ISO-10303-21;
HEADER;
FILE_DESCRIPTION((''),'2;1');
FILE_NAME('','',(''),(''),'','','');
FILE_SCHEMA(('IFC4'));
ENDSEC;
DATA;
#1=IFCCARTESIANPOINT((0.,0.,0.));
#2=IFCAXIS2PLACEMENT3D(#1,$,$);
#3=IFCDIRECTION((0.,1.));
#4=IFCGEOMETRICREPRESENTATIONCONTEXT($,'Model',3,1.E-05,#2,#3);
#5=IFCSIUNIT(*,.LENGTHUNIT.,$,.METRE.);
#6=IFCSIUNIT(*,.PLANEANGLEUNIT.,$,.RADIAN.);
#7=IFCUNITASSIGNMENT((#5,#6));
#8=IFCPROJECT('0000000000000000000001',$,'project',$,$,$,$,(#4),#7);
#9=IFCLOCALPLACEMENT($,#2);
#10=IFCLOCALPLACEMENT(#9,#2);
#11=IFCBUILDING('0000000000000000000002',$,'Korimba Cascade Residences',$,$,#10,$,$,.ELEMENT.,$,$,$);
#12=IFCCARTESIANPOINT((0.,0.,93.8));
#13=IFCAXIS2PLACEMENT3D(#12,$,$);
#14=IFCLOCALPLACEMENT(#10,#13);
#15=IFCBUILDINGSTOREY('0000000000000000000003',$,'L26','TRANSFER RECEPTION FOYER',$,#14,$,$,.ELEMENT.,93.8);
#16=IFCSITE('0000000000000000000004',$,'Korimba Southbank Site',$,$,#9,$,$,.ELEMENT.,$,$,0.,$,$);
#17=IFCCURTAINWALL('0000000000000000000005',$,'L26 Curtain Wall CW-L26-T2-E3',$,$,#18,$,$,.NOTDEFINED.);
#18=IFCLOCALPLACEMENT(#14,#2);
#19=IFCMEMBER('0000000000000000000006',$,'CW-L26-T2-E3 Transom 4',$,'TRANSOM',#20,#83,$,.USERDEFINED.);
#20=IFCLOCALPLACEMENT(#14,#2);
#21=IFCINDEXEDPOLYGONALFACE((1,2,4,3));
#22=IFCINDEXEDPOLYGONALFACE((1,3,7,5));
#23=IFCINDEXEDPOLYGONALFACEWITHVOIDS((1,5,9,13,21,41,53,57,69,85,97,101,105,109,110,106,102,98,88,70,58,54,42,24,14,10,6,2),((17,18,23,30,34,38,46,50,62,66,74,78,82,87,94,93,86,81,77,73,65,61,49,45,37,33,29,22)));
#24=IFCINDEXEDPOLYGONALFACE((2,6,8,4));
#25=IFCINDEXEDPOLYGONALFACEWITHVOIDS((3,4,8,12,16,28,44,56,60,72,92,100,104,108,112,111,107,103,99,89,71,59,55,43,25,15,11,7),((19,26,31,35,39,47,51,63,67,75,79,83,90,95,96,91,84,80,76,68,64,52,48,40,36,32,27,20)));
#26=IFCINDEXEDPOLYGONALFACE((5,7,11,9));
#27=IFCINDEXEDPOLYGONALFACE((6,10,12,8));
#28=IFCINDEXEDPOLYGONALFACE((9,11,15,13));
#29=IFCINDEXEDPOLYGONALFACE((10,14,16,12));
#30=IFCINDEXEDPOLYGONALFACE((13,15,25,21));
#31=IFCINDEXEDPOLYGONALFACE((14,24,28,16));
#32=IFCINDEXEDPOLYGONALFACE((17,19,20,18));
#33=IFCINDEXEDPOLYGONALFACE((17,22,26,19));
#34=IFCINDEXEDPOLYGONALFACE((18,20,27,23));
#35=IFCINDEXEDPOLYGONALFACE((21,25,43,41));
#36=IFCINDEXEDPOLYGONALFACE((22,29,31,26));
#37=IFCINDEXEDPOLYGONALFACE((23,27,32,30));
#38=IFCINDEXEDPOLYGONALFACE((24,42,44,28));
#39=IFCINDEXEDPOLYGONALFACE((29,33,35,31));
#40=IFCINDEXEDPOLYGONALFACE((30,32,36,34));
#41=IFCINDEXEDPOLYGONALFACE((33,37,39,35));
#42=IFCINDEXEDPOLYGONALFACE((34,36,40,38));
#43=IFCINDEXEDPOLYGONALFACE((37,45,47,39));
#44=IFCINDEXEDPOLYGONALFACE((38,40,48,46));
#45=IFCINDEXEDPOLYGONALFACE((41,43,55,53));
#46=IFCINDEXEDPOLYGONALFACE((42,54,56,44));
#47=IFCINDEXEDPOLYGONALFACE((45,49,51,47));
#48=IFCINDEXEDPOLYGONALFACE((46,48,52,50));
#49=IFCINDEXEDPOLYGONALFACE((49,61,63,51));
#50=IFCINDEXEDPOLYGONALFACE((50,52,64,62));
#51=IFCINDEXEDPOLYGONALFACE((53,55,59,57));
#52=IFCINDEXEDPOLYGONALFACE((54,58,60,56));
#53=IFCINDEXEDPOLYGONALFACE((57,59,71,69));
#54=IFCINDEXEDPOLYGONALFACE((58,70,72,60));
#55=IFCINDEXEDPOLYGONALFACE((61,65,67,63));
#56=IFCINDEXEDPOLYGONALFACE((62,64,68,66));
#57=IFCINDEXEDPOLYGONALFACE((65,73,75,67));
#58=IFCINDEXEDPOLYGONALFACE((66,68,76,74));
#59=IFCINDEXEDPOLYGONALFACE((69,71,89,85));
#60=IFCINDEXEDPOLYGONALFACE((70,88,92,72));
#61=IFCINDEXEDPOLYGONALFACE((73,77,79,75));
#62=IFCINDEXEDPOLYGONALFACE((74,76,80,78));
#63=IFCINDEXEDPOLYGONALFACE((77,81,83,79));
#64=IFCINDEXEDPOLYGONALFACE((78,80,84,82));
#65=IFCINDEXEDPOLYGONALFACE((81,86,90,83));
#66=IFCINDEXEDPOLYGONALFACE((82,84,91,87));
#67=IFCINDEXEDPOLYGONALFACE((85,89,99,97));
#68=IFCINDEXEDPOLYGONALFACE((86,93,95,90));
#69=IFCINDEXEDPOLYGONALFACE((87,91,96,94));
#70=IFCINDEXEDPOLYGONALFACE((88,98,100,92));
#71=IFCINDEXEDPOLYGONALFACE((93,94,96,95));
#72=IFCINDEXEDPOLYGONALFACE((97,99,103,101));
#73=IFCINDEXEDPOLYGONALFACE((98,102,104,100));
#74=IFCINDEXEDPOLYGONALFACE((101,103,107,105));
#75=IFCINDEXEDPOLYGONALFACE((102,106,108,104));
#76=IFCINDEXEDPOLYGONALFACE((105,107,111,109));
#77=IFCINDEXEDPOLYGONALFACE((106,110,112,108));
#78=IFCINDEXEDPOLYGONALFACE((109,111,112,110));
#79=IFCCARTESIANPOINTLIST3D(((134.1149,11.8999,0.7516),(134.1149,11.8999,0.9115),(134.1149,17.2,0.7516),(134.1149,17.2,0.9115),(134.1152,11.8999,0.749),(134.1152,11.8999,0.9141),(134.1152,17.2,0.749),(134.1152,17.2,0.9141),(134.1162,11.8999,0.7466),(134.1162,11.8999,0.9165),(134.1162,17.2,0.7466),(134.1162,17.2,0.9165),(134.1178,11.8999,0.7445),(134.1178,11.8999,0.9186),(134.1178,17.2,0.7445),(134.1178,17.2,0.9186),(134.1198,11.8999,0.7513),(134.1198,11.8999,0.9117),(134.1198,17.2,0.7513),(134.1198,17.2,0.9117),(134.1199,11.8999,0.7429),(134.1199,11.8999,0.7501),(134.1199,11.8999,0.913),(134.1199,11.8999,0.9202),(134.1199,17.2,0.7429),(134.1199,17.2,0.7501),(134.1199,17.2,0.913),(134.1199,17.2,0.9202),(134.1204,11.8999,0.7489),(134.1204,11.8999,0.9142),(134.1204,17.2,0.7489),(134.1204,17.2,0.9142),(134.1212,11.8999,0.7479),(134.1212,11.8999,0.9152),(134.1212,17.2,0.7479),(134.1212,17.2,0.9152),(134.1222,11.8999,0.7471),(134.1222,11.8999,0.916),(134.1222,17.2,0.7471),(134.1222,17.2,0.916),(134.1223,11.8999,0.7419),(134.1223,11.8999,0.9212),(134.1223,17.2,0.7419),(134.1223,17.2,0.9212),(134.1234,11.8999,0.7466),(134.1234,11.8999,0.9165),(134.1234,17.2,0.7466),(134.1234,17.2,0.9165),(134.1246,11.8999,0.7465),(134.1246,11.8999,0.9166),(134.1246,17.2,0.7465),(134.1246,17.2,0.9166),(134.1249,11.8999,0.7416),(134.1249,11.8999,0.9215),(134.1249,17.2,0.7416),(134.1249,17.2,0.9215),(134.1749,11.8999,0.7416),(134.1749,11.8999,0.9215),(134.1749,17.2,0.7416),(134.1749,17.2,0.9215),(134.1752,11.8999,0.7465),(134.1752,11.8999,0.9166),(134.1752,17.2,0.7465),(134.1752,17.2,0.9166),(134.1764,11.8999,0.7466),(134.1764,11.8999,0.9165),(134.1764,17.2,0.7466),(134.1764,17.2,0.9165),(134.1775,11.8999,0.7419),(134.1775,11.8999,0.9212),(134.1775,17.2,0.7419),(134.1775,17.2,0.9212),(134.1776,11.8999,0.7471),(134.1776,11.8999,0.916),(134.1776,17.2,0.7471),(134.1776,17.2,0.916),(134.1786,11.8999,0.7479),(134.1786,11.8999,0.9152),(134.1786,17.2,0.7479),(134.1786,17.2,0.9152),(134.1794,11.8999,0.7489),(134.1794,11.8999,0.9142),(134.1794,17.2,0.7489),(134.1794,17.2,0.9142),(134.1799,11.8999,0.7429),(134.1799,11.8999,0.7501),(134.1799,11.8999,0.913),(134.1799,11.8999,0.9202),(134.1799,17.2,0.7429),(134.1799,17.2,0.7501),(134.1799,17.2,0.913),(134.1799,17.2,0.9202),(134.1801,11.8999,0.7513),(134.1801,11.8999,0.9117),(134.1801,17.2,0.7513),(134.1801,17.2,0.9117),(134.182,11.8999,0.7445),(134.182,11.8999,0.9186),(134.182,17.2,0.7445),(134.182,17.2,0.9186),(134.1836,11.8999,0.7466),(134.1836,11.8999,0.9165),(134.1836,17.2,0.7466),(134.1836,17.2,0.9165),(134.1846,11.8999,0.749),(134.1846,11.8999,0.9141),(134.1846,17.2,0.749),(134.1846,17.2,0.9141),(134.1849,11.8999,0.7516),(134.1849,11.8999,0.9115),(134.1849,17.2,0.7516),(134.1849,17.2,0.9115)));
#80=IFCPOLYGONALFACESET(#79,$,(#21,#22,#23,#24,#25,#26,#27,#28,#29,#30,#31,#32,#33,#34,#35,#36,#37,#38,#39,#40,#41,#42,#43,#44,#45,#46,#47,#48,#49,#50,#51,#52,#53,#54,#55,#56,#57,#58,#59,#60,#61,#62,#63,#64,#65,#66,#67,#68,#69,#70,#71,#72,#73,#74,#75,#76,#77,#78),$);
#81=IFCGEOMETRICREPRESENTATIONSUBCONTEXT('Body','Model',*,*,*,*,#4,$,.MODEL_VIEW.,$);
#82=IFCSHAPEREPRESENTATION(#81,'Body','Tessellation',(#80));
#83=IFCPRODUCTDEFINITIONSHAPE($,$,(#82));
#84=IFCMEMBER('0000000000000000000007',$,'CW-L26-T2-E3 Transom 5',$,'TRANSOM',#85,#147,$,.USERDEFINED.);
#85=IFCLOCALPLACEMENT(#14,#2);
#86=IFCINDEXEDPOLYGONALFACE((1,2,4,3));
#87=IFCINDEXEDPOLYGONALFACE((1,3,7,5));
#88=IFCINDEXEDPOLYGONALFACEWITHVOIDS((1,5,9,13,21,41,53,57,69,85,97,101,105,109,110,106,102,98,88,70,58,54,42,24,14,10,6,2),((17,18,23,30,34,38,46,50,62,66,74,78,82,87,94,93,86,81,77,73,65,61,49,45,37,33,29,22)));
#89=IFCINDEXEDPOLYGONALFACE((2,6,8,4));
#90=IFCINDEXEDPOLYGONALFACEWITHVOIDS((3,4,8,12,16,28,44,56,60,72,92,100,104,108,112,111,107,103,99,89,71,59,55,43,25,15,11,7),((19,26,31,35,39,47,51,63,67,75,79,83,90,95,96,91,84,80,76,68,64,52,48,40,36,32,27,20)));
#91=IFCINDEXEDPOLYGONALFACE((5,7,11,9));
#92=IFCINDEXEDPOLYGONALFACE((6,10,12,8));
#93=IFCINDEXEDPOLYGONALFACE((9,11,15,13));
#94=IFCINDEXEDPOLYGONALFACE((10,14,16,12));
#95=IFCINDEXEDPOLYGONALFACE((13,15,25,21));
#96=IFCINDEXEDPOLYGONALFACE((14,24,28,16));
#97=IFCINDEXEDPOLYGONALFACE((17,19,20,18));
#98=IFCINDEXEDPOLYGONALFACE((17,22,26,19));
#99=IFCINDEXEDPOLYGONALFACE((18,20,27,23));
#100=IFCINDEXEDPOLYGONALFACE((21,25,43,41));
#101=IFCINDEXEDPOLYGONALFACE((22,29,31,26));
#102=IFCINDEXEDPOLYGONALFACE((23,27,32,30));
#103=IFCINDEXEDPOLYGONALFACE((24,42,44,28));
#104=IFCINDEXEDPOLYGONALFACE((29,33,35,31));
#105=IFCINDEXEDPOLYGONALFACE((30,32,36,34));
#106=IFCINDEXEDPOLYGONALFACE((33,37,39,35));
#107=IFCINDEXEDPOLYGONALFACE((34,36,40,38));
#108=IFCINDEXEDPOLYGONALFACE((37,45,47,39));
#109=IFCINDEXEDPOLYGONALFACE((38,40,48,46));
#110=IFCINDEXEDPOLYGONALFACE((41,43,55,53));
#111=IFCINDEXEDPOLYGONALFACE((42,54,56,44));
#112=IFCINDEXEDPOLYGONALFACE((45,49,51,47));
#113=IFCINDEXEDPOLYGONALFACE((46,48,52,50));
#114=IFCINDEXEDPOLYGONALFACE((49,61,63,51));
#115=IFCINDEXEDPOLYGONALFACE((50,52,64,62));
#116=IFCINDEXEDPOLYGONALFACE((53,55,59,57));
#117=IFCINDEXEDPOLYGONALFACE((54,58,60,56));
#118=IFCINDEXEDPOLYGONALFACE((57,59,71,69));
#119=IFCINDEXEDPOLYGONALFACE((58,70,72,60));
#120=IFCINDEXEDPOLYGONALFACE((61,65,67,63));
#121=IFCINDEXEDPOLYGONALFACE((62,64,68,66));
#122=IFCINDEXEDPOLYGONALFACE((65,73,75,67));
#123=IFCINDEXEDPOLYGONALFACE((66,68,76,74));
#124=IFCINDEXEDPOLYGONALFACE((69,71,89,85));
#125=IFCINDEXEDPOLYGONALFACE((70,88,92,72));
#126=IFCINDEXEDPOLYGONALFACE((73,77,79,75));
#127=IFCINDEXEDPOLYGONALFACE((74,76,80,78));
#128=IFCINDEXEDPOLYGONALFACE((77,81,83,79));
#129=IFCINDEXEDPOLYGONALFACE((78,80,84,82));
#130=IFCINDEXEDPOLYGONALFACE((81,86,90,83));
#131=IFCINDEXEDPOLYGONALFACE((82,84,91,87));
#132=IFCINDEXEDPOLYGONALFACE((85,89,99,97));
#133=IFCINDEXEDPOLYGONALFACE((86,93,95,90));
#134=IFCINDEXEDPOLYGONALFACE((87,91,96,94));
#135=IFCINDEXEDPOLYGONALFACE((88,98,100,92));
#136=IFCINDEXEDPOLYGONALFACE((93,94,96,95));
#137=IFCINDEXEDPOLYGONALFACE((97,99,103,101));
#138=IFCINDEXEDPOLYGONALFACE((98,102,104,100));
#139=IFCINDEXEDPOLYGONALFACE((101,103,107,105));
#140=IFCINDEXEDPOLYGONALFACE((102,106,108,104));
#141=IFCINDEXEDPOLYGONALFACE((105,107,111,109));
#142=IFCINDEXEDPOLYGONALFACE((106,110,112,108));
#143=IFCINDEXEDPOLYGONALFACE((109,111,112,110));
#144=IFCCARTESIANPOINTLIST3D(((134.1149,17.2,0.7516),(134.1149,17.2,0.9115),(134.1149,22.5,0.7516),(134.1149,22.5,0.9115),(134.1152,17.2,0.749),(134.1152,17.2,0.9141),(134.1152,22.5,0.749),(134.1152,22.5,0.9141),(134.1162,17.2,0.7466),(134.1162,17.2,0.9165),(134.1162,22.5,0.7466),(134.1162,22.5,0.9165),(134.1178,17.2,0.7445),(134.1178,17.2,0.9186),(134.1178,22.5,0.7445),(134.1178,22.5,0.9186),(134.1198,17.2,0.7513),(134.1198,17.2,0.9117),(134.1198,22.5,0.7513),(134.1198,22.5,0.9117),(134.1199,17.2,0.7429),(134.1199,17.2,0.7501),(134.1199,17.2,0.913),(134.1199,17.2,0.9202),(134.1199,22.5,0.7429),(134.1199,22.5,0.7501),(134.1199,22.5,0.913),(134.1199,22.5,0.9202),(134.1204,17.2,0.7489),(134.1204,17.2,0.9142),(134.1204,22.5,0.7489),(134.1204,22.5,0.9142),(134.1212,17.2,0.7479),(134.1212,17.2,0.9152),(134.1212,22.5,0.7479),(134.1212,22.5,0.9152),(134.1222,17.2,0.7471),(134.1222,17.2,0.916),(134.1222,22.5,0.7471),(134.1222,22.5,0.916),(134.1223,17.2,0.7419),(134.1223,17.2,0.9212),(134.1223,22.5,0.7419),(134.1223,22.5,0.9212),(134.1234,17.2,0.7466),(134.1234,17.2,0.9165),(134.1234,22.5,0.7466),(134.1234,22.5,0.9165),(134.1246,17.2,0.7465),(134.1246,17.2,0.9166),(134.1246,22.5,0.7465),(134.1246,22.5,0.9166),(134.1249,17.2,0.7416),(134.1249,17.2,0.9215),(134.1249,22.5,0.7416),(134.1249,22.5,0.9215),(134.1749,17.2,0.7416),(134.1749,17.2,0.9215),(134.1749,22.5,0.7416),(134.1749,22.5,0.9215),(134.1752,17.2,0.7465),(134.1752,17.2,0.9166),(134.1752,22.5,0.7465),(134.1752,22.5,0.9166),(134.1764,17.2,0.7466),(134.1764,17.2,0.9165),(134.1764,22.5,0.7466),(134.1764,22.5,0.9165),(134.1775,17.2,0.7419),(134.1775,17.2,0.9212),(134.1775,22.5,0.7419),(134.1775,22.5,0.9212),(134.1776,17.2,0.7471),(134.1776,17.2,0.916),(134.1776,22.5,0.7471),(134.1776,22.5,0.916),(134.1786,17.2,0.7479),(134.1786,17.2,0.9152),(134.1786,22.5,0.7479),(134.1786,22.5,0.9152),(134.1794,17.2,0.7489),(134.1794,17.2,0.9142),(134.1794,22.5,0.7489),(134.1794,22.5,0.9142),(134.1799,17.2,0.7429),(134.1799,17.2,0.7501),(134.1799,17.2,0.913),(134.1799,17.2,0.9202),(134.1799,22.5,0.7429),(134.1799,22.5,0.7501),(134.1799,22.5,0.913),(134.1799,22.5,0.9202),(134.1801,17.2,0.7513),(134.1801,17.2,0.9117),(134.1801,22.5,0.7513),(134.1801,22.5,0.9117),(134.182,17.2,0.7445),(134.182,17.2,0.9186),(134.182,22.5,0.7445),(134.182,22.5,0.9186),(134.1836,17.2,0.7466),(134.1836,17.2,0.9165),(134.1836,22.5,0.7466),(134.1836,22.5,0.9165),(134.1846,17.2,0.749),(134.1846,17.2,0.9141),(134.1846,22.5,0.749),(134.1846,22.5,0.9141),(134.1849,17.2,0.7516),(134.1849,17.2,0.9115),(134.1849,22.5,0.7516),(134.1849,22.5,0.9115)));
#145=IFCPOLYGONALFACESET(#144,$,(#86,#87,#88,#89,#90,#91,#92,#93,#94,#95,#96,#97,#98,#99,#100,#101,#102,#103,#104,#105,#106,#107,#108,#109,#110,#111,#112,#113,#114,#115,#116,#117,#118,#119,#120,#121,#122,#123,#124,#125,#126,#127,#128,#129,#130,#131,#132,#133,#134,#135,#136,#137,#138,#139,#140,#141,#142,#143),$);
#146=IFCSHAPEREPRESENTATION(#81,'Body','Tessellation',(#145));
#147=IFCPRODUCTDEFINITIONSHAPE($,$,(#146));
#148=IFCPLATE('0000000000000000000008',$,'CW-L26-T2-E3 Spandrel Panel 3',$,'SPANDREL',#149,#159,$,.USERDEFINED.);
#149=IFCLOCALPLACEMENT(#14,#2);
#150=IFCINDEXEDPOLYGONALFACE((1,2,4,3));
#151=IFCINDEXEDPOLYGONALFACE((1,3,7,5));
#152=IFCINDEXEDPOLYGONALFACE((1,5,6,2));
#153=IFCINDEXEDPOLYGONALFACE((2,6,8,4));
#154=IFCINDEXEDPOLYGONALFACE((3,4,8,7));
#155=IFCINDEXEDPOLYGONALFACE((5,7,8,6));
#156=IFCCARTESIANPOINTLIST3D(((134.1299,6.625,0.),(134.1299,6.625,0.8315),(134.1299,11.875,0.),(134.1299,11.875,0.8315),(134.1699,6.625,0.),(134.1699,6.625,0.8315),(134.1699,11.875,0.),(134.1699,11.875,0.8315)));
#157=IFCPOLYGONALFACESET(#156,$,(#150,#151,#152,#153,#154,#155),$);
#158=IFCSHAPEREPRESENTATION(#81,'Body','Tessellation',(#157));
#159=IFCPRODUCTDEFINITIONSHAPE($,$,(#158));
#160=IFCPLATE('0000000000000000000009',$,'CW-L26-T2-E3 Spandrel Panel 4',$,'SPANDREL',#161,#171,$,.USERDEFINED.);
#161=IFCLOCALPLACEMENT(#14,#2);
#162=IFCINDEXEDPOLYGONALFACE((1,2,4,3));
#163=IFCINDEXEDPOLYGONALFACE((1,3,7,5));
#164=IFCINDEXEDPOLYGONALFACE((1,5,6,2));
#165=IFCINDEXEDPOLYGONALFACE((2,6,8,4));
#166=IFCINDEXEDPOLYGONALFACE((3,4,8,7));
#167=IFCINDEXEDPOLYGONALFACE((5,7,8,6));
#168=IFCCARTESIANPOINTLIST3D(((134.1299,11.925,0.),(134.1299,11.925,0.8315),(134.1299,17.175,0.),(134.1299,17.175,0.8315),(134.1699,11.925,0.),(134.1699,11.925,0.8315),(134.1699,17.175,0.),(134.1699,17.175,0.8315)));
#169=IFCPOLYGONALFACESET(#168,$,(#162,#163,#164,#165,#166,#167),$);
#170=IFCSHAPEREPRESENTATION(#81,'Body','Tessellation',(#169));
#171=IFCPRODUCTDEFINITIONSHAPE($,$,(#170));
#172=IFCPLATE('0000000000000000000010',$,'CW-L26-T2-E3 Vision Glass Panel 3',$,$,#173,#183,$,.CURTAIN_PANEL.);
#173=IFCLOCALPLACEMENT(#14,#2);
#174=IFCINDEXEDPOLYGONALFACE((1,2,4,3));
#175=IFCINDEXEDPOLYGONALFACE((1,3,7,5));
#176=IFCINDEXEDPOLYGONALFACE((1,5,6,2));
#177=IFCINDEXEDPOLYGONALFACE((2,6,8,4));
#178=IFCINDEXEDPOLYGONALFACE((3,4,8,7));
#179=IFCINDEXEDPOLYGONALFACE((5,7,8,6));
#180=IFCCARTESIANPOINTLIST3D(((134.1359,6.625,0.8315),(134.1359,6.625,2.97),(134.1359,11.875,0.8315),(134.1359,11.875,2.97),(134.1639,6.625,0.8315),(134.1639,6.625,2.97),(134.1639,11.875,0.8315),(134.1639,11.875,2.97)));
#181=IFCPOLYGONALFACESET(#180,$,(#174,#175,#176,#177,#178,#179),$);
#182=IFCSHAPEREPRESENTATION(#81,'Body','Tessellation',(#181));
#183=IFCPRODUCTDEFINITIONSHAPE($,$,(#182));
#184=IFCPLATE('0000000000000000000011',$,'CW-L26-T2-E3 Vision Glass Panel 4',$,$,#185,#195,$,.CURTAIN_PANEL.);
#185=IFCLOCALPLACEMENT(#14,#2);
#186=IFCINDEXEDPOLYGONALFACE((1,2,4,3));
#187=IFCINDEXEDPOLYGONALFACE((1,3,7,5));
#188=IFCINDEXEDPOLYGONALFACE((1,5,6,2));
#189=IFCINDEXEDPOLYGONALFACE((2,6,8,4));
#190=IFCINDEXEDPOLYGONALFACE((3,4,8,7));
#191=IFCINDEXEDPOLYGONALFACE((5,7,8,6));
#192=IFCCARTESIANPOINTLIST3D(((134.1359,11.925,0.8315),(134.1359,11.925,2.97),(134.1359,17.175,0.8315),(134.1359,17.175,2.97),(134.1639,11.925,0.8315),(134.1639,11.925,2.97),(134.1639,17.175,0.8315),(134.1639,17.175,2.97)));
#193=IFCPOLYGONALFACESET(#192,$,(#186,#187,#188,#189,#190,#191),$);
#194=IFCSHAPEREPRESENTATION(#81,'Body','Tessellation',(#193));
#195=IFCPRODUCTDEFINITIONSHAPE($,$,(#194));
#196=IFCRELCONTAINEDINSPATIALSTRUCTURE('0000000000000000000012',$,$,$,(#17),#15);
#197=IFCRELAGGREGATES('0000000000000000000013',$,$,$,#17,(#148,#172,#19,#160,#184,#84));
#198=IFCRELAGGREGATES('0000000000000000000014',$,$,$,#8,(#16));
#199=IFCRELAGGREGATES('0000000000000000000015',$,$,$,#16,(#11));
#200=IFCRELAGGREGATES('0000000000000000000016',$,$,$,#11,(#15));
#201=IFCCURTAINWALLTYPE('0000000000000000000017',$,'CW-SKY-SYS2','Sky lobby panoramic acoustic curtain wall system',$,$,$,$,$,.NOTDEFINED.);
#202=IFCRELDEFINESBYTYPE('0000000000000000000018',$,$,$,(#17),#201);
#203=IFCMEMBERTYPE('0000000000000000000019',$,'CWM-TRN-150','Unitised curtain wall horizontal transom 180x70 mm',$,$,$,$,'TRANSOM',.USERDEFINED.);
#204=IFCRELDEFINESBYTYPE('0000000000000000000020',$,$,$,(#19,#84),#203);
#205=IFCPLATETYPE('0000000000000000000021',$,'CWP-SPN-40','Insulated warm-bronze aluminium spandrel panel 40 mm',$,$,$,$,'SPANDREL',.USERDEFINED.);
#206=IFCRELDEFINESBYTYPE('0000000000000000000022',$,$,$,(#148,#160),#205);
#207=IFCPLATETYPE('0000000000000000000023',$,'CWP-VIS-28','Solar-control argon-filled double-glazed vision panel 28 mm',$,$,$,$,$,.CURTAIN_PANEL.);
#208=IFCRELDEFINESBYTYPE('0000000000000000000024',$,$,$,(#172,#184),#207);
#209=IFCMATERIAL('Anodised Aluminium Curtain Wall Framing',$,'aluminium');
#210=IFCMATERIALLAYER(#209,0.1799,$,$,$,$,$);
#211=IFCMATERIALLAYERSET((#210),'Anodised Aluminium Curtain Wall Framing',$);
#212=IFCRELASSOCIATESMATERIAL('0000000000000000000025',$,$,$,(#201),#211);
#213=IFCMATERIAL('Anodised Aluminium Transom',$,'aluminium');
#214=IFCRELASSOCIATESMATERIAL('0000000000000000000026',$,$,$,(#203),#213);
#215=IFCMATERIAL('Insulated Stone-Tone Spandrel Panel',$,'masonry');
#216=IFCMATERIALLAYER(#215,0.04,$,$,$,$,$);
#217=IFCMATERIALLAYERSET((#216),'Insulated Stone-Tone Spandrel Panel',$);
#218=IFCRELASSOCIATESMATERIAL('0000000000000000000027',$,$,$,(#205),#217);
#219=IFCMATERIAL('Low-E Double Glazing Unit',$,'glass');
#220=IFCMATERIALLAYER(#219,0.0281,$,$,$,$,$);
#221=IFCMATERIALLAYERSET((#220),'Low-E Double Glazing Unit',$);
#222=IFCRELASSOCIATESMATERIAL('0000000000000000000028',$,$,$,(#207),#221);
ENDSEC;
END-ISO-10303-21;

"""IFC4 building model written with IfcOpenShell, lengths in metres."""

from ifc_helpers import new_model, si_unit, direction, frame, origin, origin_2d, place, context, subcontext, project, spatial, rectangle, hollow_rectangle, extrude, material, layer, layer_set, material_profile, profile_set, type_object, element, aggregate, save


model = new_model("IFC4")

# Units and contexts
model_context = context("Model", 3, precision=1e-05, world=origin(), true_north=direction((0.0, 1.0)))
body_context = subcontext(model_context, "Body", "Model", "MODEL_VIEW")
ifc_project = project(units=[si_unit("LENGTHUNIT", "METRE"), si_unit("PLANEANGLEUNIT", "RADIAN")], contexts=[model_context])

# Site, building, storey
site_placement = place(None, origin())
site = spatial("IfcSite", under=ifc_project, at=site_placement, Name="Korimba Southbank Site", CompositionType="ELEMENT", RefElevation=0.0)
building_placement = place(site_placement, origin())
building = spatial("IfcBuilding", under=site, at=building_placement, Name="Korimba Cascade Residences", CompositionType="ELEMENT")
storey_placement = place(building_placement, frame((0.0, 0.0, 93.8)))
storey = spatial("IfcBuildingStorey", under=building, at=storey_placement, Name="L26", Description="TRANSFER RECEPTION FOYER", CompositionType="ELEMENT", Elevation=93.8)

# Curtain wall, members, plates
ifc_material_1 = material(Name="Anodised Aluminium Curtain Wall Framing", Category="aluminium")
ifc_layer_1 = layer(ifc_material_1, 0.1799)
ifc_layer_set_1 = layer_set([ifc_layer_1], Name="Anodised Aluminium Curtain Wall Framing")
curtain_wall_type = type_object("IfcCurtainWallType", Name="CW-SKY-SYS2", Description="Sky lobby panoramic acoustic curtain wall system", PredefinedType="NOTDEFINED", material=ifc_layer_set_1)
curtain_wall_placement = place(storey_placement, origin())
curtain_wall = element("IfcCurtainWall", 1, at=curtain_wall_placement, inside=storey, type_object=curtain_wall_type, Name="L26 Curtain Wall CW-L26-T2-E3", PredefinedType="NOTDEFINED")
ifc_material_2 = material(Name="Anodised Aluminium Transom", Category="aluminium")
ifc_material_profile_1 = material_profile(ifc_material_2, hollow_rectangle(XDim=0.0701, YDim=0.1799, WallThickness=0.0049, InnerFilletRadius=0.0049, OuterFilletRadius=0.01, at=origin_2d()), Name="Anodised Aluminium Transom")
ifc_profile_set_1 = profile_set([ifc_material_profile_1], Name="Anodised Aluminium Transom")
member_type_1 = type_object("IfcMemberType", Name="CWM-TRN-150", Description="Unitised curtain wall horizontal transom 180x70 mm", ElementType="TRANSOM", PredefinedType="USERDEFINED", material=ifc_profile_set_1)
member_1_placement = place(storey_placement, frame((134.1499, 11.8999, 0.8315), z_axis=(0.0, 1.0, 0.0), x_axis=(-1.0, 0.0, 0.0)))
member_1 = element("IfcMember", 2, at=member_1_placement, type_object=member_type_1, Name="CW-L26-T2-E3 Transom 4", ObjectType="TRANSOM", PredefinedType="USERDEFINED", context=body_context, shape_type="SweptSolid", body=[
    extrude(hollow_rectangle(XDim=0.0701, YDim=0.1799, WallThickness=0.0049, InnerFilletRadius=0.0049, OuterFilletRadius=0.01, at=origin_2d()), origin(), (0.0, 0.0, 1.0), 5.3),
])
member_2_placement = place(storey_placement, frame((134.1499, 17.2, 0.8315), z_axis=(0.0, 1.0, 0.0), x_axis=(-1.0, 0.0, 0.0)))
member_2 = element("IfcMember", 3, at=member_2_placement, type_object=member_type_1, Name="CW-L26-T2-E3 Transom 5", ObjectType="TRANSOM", PredefinedType="USERDEFINED", context=body_context, shape_type="SweptSolid", body=[
    extrude(hollow_rectangle(XDim=0.0701, YDim=0.1799, WallThickness=0.0049, InnerFilletRadius=0.0049, OuterFilletRadius=0.01, at=origin_2d()), origin(), (0.0, 0.0, 1.0), 5.3),
])
ifc_material_3 = material(Name="Insulated Stone-Tone Spandrel Panel", Category="masonry")
ifc_layer_2 = layer(ifc_material_3, 0.04)
ifc_layer_set_2 = layer_set([ifc_layer_2], Name="Insulated Stone-Tone Spandrel Panel")
plate_type_1 = type_object("IfcPlateType", Name="CWP-SPN-40", Description="Insulated warm-bronze aluminium spandrel panel 40 mm", ElementType="SPANDREL", PredefinedType="USERDEFINED", material=ifc_layer_set_2)
plate_1_placement = place(storey_placement, frame((134.1499, 9.25, 0.0), z_axis=(0.0, 0.0, 1.0), x_axis=(0.0, 1.0, 0.0)))
plate_1 = element("IfcPlate", 4, at=plate_1_placement, type_object=plate_type_1, Name="CW-L26-T2-E3 Spandrel Panel 3", ObjectType="SPANDREL", PredefinedType="USERDEFINED", context=body_context, shape_type="SweptSolid", body=[
    extrude(rectangle(XDim=5.25, YDim=0.04, at=origin_2d()), origin(), (0.0, 0.0, 1.0), 0.8315),
])
plate_2_placement = place(storey_placement, frame((134.1499, 14.55, 0.0), z_axis=(0.0, 0.0, 1.0), x_axis=(0.0, 1.0, 0.0)))
plate_2 = element("IfcPlate", 5, at=plate_2_placement, type_object=plate_type_1, Name="CW-L26-T2-E3 Spandrel Panel 4", ObjectType="SPANDREL", PredefinedType="USERDEFINED", context=body_context, shape_type="SweptSolid", body=[
    extrude(rectangle(XDim=5.25, YDim=0.04, at=origin_2d()), origin(), (0.0, 0.0, 1.0), 0.8315),
])
ifc_material_4 = material(Name="Low-E Double Glazing Unit", Category="glass")
ifc_layer_3 = layer(ifc_material_4, 0.0281)
ifc_layer_set_3 = layer_set([ifc_layer_3], Name="Low-E Double Glazing Unit")
plate_type_2 = type_object("IfcPlateType", Name="CWP-VIS-28", Description="Solar-control argon-filled double-glazed vision panel 28 mm", PredefinedType="CURTAIN_PANEL", material=ifc_layer_set_3)
plate_3_placement = place(storey_placement, frame((134.1499, 9.25, 0.8315), z_axis=(0.0, 0.0, 1.0), x_axis=(0.0, 1.0, 0.0)))
plate_3 = element("IfcPlate", 6, at=plate_3_placement, type_object=plate_type_2, Name="CW-L26-T2-E3 Vision Glass Panel 3", PredefinedType="CURTAIN_PANEL", context=body_context, shape_type="SweptSolid", body=[
    extrude(rectangle(XDim=5.25, YDim=0.0281, at=origin_2d()), origin(), (0.0, 0.0, 1.0), 2.1384),
])
plate_4_placement = place(storey_placement, frame((134.1499, 14.55, 0.8315), z_axis=(0.0, 0.0, 1.0), x_axis=(0.0, 1.0, 0.0)))
plate_4 = element("IfcPlate", 7, at=plate_4_placement, type_object=plate_type_2, Name="CW-L26-T2-E3 Vision Glass Panel 4", PredefinedType="CURTAIN_PANEL", context=body_context, shape_type="SweptSolid", body=[
    extrude(rectangle(XDim=5.25, YDim=0.0281, at=origin_2d()), origin(), (0.0, 0.0, 1.0), 2.1384),
])
aggregate(curtain_wall, [plate_1, plate_3, member_1, plate_2, plate_4, member_2])

save(model, "model.ifc")
